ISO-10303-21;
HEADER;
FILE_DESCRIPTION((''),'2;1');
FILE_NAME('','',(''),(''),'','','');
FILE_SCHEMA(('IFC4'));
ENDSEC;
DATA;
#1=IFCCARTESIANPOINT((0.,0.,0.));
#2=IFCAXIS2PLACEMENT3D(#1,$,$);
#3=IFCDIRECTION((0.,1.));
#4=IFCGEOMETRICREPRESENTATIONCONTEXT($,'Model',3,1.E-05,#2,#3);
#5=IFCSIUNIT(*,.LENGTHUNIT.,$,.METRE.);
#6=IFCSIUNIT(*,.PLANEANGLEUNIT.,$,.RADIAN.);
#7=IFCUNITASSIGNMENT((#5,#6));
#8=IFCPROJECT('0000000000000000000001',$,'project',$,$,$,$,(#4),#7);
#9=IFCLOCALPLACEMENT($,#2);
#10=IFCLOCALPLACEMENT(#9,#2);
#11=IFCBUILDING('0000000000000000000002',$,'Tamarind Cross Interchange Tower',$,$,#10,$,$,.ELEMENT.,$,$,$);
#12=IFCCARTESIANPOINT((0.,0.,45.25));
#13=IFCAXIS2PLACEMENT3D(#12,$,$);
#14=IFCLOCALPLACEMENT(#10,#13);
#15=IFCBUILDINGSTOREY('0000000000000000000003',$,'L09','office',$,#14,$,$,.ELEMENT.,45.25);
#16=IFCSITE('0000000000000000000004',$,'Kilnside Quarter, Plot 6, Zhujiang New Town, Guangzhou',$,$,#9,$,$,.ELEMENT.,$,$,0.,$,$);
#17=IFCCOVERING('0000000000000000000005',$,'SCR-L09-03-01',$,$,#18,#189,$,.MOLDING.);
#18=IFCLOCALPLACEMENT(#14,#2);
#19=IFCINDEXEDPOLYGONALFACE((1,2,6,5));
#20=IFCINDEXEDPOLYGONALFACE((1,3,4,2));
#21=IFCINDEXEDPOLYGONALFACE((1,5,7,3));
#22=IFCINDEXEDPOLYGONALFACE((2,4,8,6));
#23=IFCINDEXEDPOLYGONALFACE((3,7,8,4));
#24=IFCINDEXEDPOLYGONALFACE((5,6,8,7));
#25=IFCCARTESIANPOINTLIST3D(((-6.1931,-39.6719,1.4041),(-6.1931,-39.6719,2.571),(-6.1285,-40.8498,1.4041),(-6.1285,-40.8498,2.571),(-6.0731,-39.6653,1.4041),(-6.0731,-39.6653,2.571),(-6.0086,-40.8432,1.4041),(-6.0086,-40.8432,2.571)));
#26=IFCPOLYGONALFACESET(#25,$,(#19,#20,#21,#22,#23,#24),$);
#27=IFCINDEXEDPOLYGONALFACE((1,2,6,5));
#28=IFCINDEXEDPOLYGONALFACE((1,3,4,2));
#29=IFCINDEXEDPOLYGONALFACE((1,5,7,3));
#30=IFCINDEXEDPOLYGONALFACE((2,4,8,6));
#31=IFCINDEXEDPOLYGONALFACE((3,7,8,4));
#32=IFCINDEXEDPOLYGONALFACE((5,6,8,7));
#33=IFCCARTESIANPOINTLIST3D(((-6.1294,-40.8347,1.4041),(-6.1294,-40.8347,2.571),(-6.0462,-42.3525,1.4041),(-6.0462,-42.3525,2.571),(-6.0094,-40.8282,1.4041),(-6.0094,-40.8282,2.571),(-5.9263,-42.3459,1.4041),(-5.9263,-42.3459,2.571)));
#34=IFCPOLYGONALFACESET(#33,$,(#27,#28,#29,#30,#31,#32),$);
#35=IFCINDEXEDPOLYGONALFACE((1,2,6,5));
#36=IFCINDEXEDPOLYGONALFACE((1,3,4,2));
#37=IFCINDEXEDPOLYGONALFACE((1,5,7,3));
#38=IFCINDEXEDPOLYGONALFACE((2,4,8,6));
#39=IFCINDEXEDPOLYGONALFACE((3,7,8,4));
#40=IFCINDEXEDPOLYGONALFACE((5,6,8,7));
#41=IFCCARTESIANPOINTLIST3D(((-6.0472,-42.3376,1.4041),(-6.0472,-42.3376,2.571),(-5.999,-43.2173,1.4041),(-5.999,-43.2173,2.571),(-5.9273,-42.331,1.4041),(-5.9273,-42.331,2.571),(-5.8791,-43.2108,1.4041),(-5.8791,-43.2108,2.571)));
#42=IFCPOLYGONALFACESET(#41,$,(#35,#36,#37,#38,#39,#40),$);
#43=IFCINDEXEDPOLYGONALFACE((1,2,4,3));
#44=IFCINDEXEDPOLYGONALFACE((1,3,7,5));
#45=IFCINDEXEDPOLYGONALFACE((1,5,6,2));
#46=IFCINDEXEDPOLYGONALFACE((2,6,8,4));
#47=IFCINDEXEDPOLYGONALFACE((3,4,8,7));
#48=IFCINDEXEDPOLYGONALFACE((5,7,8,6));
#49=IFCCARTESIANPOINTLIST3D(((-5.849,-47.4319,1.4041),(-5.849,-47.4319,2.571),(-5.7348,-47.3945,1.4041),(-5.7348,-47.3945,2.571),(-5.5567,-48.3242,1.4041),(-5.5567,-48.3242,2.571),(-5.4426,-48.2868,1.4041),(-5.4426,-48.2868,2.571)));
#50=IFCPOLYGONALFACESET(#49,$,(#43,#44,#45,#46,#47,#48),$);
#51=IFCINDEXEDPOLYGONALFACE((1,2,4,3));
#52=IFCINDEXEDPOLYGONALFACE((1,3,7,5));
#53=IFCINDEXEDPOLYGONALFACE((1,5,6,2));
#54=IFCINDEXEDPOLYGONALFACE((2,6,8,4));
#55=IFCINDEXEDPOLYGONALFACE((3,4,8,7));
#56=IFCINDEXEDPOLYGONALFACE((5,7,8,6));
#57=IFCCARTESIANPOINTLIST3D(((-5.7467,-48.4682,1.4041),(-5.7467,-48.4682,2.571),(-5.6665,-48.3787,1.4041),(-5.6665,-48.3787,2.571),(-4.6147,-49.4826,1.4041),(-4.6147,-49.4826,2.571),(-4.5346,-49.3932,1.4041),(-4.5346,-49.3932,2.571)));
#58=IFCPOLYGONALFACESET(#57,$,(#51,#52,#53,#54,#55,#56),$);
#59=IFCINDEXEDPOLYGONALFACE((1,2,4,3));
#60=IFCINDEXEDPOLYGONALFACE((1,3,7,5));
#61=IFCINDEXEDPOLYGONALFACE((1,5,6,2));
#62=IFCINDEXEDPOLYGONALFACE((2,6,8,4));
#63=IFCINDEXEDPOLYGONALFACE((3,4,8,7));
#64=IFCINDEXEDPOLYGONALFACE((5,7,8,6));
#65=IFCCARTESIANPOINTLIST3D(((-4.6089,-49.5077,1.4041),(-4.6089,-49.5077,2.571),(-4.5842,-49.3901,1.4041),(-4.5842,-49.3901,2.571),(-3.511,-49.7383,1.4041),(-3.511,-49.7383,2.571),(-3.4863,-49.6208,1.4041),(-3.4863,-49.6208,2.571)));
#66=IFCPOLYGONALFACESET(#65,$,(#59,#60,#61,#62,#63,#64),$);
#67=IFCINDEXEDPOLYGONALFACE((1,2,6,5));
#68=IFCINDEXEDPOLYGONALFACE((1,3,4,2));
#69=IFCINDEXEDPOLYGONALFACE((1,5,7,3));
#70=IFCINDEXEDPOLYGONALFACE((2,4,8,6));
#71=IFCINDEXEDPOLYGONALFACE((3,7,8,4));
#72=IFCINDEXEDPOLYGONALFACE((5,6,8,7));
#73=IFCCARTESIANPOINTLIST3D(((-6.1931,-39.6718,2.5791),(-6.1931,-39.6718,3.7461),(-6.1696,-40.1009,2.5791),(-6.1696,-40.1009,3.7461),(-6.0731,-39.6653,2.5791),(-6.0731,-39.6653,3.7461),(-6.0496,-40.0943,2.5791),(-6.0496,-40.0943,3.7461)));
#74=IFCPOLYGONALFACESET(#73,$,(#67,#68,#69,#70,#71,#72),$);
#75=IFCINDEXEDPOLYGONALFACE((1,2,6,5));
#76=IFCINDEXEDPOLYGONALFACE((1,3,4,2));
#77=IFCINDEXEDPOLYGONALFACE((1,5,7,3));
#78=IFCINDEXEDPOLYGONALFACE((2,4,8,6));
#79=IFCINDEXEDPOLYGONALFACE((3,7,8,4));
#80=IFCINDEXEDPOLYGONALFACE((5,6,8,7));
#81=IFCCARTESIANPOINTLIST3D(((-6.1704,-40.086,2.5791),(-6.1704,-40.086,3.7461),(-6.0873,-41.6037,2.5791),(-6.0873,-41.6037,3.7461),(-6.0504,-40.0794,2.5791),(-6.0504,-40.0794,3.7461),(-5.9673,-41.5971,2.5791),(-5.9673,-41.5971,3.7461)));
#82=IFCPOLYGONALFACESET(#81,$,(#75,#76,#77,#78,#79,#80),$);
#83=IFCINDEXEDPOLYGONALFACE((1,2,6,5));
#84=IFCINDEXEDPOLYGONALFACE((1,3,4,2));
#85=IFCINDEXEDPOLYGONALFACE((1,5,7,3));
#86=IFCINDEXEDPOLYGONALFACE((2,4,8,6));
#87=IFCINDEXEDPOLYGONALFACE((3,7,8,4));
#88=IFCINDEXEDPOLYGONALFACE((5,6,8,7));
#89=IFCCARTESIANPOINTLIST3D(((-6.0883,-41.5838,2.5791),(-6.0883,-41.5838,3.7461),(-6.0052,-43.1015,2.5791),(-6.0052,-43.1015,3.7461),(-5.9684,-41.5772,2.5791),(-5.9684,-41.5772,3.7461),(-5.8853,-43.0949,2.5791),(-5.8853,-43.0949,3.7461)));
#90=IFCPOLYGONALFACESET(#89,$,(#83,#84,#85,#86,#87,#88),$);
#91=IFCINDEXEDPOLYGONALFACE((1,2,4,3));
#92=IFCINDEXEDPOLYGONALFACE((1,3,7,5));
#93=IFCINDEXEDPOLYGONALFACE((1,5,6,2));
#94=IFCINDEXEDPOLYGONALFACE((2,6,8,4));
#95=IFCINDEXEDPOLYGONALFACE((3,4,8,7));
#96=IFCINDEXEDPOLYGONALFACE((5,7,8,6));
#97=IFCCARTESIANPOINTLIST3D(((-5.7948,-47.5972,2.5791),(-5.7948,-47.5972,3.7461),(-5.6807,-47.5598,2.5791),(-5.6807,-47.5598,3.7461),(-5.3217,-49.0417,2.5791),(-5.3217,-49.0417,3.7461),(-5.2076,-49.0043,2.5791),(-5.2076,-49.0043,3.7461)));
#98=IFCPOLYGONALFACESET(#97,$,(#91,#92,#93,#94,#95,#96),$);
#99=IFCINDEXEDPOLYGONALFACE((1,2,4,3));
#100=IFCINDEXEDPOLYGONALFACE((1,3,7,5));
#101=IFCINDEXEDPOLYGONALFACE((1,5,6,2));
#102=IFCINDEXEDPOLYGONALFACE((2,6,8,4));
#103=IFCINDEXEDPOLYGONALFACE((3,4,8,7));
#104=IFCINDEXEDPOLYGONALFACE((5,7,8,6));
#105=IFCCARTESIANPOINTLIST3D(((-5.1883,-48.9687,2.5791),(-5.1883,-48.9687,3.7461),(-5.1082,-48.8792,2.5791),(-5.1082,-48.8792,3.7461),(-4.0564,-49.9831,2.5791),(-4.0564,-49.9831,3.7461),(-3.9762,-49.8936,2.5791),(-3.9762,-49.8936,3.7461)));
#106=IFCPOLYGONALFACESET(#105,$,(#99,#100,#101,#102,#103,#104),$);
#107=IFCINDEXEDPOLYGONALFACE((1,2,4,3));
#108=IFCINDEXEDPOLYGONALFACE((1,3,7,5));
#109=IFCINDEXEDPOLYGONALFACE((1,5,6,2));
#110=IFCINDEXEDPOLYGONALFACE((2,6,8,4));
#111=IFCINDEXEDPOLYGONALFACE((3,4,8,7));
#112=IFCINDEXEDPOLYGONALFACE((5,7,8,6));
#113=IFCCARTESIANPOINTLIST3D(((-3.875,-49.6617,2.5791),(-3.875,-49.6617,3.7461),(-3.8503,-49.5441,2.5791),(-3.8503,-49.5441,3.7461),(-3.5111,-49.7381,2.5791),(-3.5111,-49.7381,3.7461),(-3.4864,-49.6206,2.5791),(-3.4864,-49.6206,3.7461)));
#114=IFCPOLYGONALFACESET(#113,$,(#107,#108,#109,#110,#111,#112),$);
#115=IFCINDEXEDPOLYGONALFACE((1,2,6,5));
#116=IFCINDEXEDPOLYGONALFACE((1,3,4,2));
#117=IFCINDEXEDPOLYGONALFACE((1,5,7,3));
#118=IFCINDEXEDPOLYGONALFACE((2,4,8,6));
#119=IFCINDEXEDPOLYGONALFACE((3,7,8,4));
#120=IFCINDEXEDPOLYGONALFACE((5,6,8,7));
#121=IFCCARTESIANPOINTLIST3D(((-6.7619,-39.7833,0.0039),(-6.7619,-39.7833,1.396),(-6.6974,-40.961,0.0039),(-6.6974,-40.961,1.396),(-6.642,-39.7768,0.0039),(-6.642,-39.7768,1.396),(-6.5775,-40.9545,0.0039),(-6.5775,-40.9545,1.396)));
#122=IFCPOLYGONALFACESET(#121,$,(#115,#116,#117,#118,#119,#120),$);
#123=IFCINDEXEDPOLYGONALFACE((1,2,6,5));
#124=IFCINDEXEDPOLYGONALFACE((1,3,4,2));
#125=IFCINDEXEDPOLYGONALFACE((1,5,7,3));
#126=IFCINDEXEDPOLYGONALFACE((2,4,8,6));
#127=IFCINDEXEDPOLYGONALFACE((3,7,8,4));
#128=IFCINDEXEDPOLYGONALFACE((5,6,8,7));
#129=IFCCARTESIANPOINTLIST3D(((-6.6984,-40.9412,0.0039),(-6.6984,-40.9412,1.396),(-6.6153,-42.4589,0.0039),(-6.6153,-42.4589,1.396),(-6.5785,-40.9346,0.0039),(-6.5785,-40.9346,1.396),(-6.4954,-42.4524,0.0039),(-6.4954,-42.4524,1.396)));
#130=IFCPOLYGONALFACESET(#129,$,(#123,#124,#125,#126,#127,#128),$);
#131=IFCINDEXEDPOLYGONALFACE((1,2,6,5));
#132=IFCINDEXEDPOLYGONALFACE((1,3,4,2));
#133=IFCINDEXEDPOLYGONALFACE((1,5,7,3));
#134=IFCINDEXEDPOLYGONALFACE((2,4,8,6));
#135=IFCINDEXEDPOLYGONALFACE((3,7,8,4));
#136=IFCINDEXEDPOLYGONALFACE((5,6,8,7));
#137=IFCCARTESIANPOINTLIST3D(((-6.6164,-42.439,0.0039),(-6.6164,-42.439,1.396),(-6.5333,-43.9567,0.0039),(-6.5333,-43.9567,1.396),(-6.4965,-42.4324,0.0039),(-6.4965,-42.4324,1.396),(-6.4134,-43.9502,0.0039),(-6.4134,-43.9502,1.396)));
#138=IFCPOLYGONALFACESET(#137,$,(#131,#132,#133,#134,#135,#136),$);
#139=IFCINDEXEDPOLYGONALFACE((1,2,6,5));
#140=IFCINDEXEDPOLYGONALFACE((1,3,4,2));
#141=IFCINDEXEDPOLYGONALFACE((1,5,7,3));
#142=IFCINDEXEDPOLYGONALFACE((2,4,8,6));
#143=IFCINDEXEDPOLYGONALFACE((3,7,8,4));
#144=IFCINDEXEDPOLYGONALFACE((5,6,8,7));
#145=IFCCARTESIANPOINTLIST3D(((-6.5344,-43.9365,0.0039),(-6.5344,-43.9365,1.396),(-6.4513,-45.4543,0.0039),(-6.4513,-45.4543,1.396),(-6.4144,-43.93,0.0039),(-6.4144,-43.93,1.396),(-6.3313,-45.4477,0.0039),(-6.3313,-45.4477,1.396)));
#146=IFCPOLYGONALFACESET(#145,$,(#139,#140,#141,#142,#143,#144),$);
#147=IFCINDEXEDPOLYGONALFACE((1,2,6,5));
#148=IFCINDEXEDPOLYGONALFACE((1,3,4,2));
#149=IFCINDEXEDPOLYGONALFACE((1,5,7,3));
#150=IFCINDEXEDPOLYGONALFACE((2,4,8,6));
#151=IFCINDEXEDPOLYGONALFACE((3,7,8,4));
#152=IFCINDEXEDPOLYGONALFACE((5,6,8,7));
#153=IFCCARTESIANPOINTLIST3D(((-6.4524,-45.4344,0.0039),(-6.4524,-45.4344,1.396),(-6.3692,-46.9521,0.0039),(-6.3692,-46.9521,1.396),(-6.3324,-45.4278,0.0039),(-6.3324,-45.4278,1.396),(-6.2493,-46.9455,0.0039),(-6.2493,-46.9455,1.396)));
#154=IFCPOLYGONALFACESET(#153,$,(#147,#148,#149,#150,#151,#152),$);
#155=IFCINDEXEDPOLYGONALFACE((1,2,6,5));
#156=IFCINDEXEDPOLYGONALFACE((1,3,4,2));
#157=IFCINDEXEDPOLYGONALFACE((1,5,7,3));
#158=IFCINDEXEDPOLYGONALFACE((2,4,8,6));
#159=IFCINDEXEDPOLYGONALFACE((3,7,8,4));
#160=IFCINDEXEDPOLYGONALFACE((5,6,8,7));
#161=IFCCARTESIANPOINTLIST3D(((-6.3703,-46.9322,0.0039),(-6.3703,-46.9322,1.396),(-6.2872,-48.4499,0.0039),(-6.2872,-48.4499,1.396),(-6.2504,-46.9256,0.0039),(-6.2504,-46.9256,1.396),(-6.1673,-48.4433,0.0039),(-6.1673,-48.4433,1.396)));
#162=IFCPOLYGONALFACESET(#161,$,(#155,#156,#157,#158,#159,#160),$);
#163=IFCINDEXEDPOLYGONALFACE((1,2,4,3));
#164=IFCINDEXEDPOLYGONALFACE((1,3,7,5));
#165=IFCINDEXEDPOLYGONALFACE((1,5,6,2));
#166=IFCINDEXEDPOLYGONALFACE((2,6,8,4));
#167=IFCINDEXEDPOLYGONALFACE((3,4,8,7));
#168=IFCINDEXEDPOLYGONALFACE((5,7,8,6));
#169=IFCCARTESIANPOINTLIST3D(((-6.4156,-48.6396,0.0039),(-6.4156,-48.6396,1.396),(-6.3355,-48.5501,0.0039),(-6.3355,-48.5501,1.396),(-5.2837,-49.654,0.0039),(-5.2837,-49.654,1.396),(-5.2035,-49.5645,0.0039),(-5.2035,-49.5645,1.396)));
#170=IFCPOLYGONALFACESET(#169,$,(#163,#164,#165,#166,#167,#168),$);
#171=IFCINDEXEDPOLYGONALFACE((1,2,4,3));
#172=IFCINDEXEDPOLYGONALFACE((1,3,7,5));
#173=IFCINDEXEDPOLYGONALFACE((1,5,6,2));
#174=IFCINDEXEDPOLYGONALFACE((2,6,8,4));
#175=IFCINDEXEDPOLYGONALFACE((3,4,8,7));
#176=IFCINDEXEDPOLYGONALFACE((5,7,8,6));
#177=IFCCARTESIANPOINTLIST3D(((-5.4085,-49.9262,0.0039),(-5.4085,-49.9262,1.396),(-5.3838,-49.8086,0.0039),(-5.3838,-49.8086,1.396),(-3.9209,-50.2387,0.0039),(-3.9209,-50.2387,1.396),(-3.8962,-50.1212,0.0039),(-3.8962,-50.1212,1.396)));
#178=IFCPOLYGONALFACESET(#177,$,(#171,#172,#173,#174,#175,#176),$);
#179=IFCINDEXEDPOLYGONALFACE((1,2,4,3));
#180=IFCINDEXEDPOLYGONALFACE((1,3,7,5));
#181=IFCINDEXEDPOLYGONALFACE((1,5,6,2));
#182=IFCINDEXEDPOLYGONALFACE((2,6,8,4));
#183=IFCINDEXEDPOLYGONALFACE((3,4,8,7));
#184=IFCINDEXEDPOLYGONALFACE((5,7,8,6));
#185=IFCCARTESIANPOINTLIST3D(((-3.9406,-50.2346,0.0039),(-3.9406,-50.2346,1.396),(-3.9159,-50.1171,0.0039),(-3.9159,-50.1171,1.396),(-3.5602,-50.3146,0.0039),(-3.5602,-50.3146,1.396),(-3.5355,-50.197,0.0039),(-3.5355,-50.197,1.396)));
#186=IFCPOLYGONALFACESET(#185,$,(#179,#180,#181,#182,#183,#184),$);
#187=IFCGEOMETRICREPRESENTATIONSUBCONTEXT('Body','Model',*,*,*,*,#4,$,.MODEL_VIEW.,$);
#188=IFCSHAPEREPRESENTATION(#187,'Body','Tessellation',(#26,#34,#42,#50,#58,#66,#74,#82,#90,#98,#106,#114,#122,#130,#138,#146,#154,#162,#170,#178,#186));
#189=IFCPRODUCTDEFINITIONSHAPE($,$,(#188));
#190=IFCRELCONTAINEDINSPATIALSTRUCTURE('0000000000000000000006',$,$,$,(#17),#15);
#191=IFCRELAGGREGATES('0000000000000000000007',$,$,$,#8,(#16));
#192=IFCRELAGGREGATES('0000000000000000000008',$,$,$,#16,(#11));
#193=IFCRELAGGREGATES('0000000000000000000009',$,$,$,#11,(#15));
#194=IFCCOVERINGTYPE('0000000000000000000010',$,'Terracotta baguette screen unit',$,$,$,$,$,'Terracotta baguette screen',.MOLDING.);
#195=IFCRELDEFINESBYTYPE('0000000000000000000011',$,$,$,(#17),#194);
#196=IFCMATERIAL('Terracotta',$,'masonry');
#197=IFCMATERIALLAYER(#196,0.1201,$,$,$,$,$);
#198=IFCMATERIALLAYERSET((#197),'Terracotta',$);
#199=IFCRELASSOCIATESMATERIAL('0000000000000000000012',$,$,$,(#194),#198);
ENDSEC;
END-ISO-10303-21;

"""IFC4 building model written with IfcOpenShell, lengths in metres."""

from ifc_helpers import new_model, si_unit, direction, frame, origin, origin_2d, place, context, subcontext, project, spatial, rectangle, extrude, material, layer, layer_set, type_object, element, save


model = new_model("IFC4")

# Units and contexts
model_context = context("Model", 3, precision=1e-05, world=origin(), true_north=direction((0.0, 1.0)))
body_context = subcontext(model_context, "Body", "Model", "MODEL_VIEW")
ifc_project = project(units=[si_unit("LENGTHUNIT", "METRE"), si_unit("PLANEANGLEUNIT", "RADIAN")], contexts=[model_context])

# Site, building, storey
site_placement = place(None, origin())
site = spatial("IfcSite", under=ifc_project, at=site_placement, Name="Kilnside Quarter, Plot 6, Zhujiang New Town, Guangzhou", CompositionType="ELEMENT", RefElevation=0.0)
building_placement = place(site_placement, origin())
building = spatial("IfcBuilding", under=site, at=building_placement, Name="Tamarind Cross Interchange Tower", CompositionType="ELEMENT")
storey_placement = place(building_placement, frame((0.0, 0.0, 45.25)))
storey = spatial("IfcBuildingStorey", under=building, at=storey_placement, Name="L09", Description="office", CompositionType="ELEMENT", Elevation=45.25)

# Covering
ifc_material_1 = material(Name="Terracotta", Category="masonry")
ifc_layer_1 = layer(ifc_material_1, 0.1201)
ifc_layer_set_1 = layer_set([ifc_layer_1], Name="Terracotta")
covering_type = type_object("IfcCoveringType", Name="Terracotta baguette screen unit", ElementType="Terracotta baguette screen", PredefinedType="MOLDING", material=ifc_layer_set_1)
covering_1_placement = place(storey_placement, origin())
element("IfcCovering", 1, at=covering_1_placement, inside=storey, type_object=covering_type, Name="SCR-L09-03-01", PredefinedType="MOLDING", context=body_context, shape_type="SweptSolid", body=[
    extrude(rectangle(XDim=1.1797, YDim=0.1201, at=origin_2d()), frame((-6.1008, -40.2576, 1.4041), z_axis=(0.0, 0.0, 1.0), x_axis=(0.054678, -0.998504, 0.0)), (0.0, 0.0, 1.0), 1.167),
    extrude(rectangle(XDim=1.52, YDim=0.1201, at=origin_2d()), frame((-6.0278, -41.5903, 1.4041), z_axis=(0.0, 0.0, 1.0), x_axis=(0.054678, -0.998504, 0.0)), (0.0, 0.0, 1.0), 1.167),
    extrude(rectangle(XDim=0.8811, YDim=0.1201, at=origin_2d()), frame((-5.9631, -42.7742, 1.4041), z_axis=(0.0, 0.0, 1.0), x_axis=(0.054678, -0.998504, 0.0)), (0.0, 0.0, 1.0), 1.167),
    extrude(rectangle(XDim=0.939, YDim=0.1201, at=origin_2d()), frame((-5.6458, -47.8594, 1.4041), z_axis=(0.0, 0.0, 1.0), x_axis=(0.311247, -0.950329, 0.0)), (0.0, 0.0, 1.0), 1.167),
    extrude(rectangle(XDim=1.52, YDim=0.1201, at=origin_2d()), frame((-5.1406, -48.9307, 1.4041), z_axis=(0.0, 0.0, 1.0), x_axis=(0.744712, -0.667386, 0.0)), (0.0, 0.0, 1.0), 1.167),
    extrude(rectangle(XDim=1.1218, YDim=0.1201, at=origin_2d()), frame((-4.0476, -49.5642, 1.4041), z_axis=(0.0, 0.0, 1.0), x_axis=(0.978633, -0.205617, 0.0)), (0.0, 0.0, 1.0), 1.167),
    extrude(rectangle(XDim=0.4297, YDim=0.1201, at=origin_2d()), frame((-6.1213, -39.8831, 2.5791), z_axis=(0.0, 0.0, 1.0), x_axis=(0.054678, -0.998504, 0.0)), (0.0, 0.0, 1.0), 1.167),
    extrude(rectangle(XDim=1.52, YDim=0.1201, at=origin_2d()), frame((-6.0688, -40.8416, 2.5791), z_axis=(0.0, 0.0, 1.0), x_axis=(0.054678, -0.998504, 0.0)), (0.0, 0.0, 1.0), 1.167),
    extrude(rectangle(XDim=1.52, YDim=0.1201, at=origin_2d()), frame((-5.9868, -42.3394, 2.5791), z_axis=(0.0, 0.0, 1.0), x_axis=(0.054678, -0.998504, 0.0)), (0.0, 0.0, 1.0), 1.167),
    extrude(rectangle(XDim=1.52, YDim=0.1201, at=origin_2d()), frame((-5.5012, -48.3008, 2.5791), z_axis=(0.0, 0.0, 1.0), x_axis=(0.311247, -0.950329, 0.0)), (0.0, 0.0, 1.0), 1.167),
    extrude(rectangle(XDim=1.52, YDim=0.1201, at=origin_2d()), frame((-4.5823, -49.4312, 2.5791), z_axis=(0.0, 0.0, 1.0), x_axis=(0.744712, -0.667386, 0.0)), (0.0, 0.0, 1.0), 1.167),
    extrude(rectangle(XDim=0.3718, YDim=0.1201, at=origin_2d()), frame((-3.6807, -49.6411, 2.5791), z_axis=(0.0, 0.0, 1.0), x_axis=(0.978633, -0.205617, 0.0)), (0.0, 0.0, 1.0), 1.167),
    extrude(rectangle(XDim=1.1794, YDim=0.1201, at=origin_2d()), frame((-6.6697, -40.3689, 0.0039), z_axis=(0.0, 0.0, 1.0), x_axis=(0.054678, -0.998504, 0.0)), (0.0, 0.0, 1.0), 1.3921),
    extrude(rectangle(XDim=1.52, YDim=0.1201, at=origin_2d()), frame((-6.5969, -41.6968, 0.0039), z_axis=(0.0, 0.0, 1.0), x_axis=(0.054678, -0.998504, 0.0)), (0.0, 0.0, 1.0), 1.3921),
    extrude(rectangle(XDim=1.52, YDim=0.1201, at=origin_2d()), frame((-6.5149, -43.1946, 0.0039), z_axis=(0.0, 0.0, 1.0), x_axis=(0.054678, -0.998504, 0.0)), (0.0, 0.0, 1.0), 1.3921),
    extrude(rectangle(XDim=1.52, YDim=0.1201, at=origin_2d()), frame((-6.4329, -44.6921, 0.0039), z_axis=(0.0, 0.0, 1.0), x_axis=(0.054678, -0.998504, 0.0)), (0.0, 0.0, 1.0), 1.3921),
    extrude(rectangle(XDim=1.52, YDim=0.1201, at=origin_2d()), frame((-6.3508, -46.1899, 0.0039), z_axis=(0.0, 0.0, 1.0), x_axis=(0.054678, -0.998504, 0.0)), (0.0, 0.0, 1.0), 1.3921),
    extrude(rectangle(XDim=1.52, YDim=0.1201, at=origin_2d()), frame((-6.2688, -47.6877, 0.0039), z_axis=(0.0, 0.0, 1.0), x_axis=(0.054678, -0.998504, 0.0)), (0.0, 0.0, 1.0), 1.3921),
    extrude(rectangle(XDim=1.52, YDim=0.1201, at=origin_2d()), frame((-5.8096, -49.1021, 0.0039), z_axis=(0.0, 0.0, 1.0), x_axis=(0.744712, -0.667386, 0.0)), (0.0, 0.0, 1.0), 1.3921),
    extrude(rectangle(XDim=1.52, YDim=0.1201, at=origin_2d()), frame((-4.6523, -50.0237, 0.0039), z_axis=(0.0, 0.0, 1.0), x_axis=(0.978633, -0.205617, 0.0)), (0.0, 0.0, 1.0), 1.3921),
    extrude(rectangle(XDim=0.3887, YDim=0.1201, at=origin_2d()), frame((-3.738, -50.2158, 0.0039), z_axis=(0.0, 0.0, 1.0), x_axis=(0.978633, -0.205617, 0.0)), (0.0, 0.0, 1.0), 1.3921),
])

save(model, "model.ifc")
